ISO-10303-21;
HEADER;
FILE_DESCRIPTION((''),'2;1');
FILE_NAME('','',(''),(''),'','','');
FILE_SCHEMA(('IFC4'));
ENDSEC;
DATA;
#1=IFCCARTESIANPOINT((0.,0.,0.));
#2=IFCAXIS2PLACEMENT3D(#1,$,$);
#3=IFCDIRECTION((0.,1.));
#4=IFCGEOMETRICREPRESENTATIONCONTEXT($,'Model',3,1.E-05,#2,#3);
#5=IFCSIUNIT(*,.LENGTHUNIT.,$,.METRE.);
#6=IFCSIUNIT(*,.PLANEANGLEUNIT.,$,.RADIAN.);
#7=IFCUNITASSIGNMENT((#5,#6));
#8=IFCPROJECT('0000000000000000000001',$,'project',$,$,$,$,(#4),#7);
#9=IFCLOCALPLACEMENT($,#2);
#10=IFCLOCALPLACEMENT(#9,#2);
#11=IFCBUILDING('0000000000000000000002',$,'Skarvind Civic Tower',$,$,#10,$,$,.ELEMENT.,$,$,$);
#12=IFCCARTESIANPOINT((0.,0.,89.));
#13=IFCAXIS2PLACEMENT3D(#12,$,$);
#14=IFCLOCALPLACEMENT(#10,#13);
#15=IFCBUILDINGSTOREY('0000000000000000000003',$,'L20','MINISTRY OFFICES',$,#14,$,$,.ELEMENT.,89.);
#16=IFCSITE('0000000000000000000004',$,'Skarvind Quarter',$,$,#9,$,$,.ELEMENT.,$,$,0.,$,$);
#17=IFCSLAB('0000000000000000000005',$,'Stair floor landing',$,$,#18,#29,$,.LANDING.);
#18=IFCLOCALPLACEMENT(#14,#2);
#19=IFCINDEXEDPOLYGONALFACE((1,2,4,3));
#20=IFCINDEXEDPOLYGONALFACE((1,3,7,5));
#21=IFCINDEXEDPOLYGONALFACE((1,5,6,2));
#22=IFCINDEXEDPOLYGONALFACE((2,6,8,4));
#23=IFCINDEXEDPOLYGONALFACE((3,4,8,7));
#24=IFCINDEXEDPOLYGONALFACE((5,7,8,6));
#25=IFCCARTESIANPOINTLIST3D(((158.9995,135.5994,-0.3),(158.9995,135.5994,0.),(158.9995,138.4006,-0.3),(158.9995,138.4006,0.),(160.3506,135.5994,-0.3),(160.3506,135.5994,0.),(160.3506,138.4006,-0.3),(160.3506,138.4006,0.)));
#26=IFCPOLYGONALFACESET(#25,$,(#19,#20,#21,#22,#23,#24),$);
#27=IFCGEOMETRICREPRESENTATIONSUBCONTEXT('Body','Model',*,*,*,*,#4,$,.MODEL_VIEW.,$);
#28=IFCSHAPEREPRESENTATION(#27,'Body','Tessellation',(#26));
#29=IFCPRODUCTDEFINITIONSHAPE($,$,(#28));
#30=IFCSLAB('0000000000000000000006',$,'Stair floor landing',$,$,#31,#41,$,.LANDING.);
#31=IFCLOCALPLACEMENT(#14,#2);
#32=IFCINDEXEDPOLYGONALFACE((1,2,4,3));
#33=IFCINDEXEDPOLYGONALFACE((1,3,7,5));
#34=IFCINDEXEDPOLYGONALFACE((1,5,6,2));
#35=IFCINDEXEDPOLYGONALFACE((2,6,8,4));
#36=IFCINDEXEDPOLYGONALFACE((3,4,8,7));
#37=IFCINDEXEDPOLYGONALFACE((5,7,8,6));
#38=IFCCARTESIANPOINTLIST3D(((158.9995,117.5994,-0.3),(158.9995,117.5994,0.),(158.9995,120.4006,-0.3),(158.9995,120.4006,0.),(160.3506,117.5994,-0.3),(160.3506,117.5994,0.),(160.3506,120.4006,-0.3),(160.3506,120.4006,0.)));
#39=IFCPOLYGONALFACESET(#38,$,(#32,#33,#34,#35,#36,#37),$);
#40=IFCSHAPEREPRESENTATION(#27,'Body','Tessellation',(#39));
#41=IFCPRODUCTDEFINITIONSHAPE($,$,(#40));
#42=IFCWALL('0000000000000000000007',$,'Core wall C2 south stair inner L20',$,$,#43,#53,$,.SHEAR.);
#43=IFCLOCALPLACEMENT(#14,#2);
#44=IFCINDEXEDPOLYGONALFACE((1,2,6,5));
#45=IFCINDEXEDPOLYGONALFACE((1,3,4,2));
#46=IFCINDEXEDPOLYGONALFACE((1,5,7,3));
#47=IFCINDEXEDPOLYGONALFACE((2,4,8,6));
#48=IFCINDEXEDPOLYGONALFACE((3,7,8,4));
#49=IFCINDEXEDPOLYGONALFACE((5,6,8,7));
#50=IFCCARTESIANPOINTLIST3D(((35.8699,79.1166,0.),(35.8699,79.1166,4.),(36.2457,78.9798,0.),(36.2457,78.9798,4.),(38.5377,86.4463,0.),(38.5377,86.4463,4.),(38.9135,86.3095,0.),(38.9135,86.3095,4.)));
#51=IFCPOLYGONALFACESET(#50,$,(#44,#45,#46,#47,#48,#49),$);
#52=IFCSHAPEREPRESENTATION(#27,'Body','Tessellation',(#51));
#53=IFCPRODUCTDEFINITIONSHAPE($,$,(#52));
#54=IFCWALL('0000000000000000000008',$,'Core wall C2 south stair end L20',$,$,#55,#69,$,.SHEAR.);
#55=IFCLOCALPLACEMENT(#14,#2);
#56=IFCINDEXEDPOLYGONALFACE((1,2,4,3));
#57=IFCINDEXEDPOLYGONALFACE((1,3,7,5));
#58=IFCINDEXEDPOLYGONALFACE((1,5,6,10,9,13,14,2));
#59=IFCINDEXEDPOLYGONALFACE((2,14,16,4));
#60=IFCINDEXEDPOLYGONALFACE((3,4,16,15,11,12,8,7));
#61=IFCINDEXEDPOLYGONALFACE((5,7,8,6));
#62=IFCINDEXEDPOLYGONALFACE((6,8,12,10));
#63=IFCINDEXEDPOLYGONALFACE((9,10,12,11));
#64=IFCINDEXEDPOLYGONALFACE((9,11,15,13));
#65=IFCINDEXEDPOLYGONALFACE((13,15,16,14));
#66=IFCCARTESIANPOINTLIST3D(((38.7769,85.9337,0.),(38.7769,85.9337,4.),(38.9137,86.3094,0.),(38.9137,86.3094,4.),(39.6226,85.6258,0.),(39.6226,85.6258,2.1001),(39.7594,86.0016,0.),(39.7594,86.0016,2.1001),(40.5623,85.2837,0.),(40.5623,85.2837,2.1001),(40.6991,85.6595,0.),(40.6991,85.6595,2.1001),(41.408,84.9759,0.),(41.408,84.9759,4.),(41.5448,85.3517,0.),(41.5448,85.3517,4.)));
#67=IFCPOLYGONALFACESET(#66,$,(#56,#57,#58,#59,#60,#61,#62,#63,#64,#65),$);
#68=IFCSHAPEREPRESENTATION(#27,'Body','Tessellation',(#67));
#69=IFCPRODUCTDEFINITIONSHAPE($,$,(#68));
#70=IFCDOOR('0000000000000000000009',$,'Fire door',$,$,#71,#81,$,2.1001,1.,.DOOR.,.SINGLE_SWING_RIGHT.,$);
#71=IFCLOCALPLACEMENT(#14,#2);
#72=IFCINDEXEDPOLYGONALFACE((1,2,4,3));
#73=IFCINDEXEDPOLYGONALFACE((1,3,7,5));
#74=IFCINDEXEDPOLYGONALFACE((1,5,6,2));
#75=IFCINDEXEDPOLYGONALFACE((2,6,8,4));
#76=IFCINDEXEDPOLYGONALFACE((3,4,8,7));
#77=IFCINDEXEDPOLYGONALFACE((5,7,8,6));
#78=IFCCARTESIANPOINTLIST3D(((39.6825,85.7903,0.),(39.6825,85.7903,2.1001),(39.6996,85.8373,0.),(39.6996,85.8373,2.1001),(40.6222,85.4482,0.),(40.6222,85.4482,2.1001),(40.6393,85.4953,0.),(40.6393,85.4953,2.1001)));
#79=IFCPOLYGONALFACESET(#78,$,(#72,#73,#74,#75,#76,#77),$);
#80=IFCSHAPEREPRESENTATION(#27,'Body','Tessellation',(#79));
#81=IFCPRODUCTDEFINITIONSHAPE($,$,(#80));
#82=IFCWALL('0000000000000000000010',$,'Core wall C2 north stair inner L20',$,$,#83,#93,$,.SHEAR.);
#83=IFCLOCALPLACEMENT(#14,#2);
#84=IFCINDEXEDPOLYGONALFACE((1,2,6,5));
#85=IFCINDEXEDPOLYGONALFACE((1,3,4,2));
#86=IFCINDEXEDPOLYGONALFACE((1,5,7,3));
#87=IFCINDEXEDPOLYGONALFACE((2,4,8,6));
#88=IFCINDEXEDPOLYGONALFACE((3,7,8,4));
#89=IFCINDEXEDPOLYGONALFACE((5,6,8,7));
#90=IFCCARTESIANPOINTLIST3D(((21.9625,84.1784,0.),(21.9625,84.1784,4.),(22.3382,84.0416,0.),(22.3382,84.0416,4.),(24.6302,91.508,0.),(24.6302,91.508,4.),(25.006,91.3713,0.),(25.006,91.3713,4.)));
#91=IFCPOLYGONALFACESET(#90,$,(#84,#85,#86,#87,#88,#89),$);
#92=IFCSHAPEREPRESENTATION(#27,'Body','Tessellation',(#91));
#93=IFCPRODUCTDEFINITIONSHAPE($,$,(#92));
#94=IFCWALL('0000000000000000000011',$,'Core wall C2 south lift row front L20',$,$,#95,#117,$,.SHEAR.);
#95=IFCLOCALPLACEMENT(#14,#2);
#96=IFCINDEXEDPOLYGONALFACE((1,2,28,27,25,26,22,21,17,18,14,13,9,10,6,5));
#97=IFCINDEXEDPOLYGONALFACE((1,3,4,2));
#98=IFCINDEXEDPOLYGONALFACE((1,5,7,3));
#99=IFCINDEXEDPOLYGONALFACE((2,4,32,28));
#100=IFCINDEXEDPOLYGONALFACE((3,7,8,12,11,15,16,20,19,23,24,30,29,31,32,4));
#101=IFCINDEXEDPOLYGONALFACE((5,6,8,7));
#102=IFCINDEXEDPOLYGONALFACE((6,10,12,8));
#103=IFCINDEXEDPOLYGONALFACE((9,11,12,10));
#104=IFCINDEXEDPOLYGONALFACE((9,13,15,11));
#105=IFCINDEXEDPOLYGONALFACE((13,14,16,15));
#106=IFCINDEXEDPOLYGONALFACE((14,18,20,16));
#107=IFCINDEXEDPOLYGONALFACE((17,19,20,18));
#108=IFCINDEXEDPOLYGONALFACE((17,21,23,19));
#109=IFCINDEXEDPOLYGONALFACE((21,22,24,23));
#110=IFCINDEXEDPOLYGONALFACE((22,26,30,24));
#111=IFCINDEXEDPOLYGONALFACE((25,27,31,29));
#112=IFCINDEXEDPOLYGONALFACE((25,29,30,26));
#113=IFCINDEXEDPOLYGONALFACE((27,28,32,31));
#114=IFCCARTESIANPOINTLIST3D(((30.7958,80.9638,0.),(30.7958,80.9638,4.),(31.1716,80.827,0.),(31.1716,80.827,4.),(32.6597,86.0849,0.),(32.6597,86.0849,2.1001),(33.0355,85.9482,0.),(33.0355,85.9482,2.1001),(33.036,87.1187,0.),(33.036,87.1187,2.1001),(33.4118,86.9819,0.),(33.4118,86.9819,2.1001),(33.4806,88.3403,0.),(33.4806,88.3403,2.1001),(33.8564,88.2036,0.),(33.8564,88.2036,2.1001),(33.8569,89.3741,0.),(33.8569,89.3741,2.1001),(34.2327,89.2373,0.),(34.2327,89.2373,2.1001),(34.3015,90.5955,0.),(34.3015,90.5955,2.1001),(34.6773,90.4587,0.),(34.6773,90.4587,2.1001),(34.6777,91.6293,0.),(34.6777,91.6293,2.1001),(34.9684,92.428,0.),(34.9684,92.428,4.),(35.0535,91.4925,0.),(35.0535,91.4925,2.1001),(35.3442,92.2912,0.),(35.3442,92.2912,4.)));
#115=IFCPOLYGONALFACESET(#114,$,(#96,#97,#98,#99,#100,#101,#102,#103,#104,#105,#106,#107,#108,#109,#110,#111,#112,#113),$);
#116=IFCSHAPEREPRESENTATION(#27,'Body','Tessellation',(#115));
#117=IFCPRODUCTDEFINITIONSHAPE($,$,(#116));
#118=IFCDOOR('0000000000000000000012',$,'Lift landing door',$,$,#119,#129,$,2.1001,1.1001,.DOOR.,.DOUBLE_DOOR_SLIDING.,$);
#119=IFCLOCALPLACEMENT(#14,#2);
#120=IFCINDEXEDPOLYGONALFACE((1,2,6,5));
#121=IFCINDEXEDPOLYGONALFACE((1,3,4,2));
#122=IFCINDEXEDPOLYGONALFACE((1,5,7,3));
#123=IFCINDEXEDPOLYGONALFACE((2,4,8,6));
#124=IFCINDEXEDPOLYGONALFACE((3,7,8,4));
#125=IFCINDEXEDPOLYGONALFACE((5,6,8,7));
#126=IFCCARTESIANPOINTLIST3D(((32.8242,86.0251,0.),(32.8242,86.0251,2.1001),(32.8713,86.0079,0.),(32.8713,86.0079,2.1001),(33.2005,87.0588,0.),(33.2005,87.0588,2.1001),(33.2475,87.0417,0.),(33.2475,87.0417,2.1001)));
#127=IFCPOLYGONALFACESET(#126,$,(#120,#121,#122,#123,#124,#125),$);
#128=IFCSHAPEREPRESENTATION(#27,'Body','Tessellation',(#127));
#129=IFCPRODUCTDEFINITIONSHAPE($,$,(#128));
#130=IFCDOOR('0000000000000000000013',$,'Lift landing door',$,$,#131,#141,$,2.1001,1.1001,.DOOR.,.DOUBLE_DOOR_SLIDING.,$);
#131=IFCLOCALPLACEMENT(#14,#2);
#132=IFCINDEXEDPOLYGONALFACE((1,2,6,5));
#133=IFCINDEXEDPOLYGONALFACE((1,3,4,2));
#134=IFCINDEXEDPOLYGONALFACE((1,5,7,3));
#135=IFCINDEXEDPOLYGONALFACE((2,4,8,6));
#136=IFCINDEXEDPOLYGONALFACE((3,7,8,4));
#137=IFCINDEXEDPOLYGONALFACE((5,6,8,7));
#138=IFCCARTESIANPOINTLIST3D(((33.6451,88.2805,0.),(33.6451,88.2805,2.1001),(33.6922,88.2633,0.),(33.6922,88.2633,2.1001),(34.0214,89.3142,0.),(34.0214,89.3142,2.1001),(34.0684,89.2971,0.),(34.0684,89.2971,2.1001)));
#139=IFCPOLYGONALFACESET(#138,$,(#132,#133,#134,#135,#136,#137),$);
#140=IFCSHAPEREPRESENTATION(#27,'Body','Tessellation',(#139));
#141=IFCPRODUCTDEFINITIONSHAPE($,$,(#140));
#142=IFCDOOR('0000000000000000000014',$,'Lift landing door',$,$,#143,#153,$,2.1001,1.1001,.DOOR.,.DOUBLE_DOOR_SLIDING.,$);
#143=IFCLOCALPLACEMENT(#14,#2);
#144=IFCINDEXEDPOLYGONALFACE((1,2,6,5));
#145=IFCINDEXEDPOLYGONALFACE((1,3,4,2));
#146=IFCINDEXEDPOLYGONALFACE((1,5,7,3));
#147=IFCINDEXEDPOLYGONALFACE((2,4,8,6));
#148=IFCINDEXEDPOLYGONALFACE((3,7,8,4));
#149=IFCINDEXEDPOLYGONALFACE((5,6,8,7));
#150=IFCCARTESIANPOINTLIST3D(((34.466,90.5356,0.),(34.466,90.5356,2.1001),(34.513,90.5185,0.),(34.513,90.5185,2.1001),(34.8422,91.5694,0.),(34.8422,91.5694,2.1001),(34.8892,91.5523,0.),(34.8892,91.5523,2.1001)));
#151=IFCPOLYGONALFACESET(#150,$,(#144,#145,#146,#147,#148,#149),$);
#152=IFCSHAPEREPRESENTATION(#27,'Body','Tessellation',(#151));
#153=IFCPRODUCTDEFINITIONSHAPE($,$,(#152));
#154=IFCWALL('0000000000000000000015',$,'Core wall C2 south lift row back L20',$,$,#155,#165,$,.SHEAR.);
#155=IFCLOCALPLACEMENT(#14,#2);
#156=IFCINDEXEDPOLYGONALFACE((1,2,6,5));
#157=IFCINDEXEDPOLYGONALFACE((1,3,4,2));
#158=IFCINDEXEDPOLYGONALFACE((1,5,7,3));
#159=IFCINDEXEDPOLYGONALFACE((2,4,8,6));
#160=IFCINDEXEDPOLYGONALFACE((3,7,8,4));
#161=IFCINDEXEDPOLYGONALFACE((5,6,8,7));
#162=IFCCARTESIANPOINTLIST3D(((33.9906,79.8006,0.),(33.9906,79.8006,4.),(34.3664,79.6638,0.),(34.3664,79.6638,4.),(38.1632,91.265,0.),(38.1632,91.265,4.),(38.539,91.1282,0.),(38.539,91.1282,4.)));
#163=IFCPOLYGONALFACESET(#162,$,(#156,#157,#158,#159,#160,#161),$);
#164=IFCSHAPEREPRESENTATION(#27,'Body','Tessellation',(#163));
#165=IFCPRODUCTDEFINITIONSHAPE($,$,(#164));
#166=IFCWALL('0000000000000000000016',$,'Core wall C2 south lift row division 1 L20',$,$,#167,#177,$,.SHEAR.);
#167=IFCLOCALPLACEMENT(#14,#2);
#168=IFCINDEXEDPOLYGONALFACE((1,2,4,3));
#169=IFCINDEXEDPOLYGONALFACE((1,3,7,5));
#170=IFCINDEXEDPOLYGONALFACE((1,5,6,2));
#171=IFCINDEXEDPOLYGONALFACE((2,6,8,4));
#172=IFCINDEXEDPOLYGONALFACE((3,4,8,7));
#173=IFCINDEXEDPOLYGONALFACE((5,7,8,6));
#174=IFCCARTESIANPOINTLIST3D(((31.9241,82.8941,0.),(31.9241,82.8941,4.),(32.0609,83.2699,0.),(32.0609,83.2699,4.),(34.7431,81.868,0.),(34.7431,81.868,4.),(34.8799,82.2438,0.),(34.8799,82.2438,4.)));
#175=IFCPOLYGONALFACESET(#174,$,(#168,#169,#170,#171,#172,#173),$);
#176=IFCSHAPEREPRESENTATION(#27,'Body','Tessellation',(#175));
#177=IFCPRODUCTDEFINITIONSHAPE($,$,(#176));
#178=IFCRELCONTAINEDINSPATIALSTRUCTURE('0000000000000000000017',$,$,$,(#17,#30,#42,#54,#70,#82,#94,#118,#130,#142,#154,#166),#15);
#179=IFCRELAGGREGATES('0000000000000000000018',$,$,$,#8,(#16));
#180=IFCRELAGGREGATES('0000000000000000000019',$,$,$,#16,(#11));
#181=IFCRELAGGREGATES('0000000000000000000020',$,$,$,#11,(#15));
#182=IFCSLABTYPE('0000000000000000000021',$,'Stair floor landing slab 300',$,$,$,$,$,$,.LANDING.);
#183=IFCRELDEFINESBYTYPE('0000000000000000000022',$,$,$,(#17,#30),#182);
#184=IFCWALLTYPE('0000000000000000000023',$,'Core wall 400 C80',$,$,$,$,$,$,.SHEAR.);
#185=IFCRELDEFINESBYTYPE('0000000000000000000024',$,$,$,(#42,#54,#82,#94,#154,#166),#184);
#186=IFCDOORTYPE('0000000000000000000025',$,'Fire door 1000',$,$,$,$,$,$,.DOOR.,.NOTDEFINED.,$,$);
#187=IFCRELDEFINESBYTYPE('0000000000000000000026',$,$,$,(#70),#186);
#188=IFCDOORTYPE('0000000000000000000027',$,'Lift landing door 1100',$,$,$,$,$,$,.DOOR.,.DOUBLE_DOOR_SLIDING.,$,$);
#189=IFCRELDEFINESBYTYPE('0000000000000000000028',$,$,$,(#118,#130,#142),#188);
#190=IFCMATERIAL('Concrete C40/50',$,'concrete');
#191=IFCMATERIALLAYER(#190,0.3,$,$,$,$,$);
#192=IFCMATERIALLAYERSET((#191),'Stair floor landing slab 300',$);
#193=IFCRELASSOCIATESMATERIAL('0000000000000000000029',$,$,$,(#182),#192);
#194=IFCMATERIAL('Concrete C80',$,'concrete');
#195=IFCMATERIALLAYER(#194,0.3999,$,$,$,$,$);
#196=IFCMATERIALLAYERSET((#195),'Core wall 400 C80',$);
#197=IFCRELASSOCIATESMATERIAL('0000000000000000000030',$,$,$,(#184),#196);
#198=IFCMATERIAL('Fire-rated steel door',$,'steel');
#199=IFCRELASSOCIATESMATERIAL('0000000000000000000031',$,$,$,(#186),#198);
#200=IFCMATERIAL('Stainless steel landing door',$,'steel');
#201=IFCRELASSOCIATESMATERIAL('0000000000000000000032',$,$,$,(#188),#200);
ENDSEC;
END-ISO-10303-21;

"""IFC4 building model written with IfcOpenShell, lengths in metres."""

from ifc_helpers import new_model, si_unit, direction, frame, frame_2d, origin, place, context, subcontext, project, spatial, polyline, rectangle, outline, extrude, material, layer, layer_set, type_object, element, fill, save


model = new_model("IFC4")

# Units and contexts
model_context = context("Model", 3, precision=1e-05, world=origin(), true_north=direction((0.0, 1.0)))
body_context = subcontext(model_context, "Body", "Model", "MODEL_VIEW")
ifc_project = project(units=[si_unit("LENGTHUNIT", "METRE"), si_unit("PLANEANGLEUNIT", "RADIAN")], contexts=[model_context])

# Site, building, storey
site_placement = place(None, origin())
site = spatial("IfcSite", under=ifc_project, at=site_placement, Name="Skarvind Quarter", CompositionType="ELEMENT", RefElevation=0.0)
building_placement = place(site_placement, origin())
building = spatial("IfcBuilding", under=site, at=building_placement, Name="Skarvind Civic Tower", CompositionType="ELEMENT")
storey_placement = place(building_placement, frame((0.0, 0.0, 89.0)))
storey = spatial("IfcBuildingStorey", under=building, at=storey_placement, Name="L20", Description="MINISTRY OFFICES", CompositionType="ELEMENT", Elevation=89.0)

# Slabs
ifc_material_1 = material(Name="Concrete C40/50", Category="concrete")
ifc_layer_1 = layer(ifc_material_1, 0.3)
ifc_layer_set_1 = layer_set([ifc_layer_1], Name="Stair floor landing slab 300")
slab_type = type_object("IfcSlabType", Name="Stair floor landing slab 300", PredefinedType="LANDING", material=ifc_layer_set_1)
slab_1_placement = place(storey_placement, frame((0.0, 0.0, -0.3)))
element("IfcSlab", 1, at=slab_1_placement, inside=storey, type_object=slab_type, Name="Stair floor landing", PredefinedType="LANDING", context=body_context, shape_type="SweptSolid", body=[
    extrude(outline(polyline([(160.3506, 138.4006), (160.3506, 135.5994), (158.9995, 135.5994), (158.9995, 138.4006), (160.3506, 138.4006)])), origin(), (0.0, 0.0, 1.0), 0.3),
])
slab_2_placement = place(storey_placement, frame((0.0, 0.0, -0.3)))
element("IfcSlab", 2, at=slab_2_placement, inside=storey, type_object=slab_type, Name="Stair floor landing", PredefinedType="LANDING", context=body_context, shape_type="SweptSolid", body=[
    extrude(outline(polyline([(160.3506, 120.4006), (160.3506, 117.5994), (158.9995, 117.5994), (158.9995, 120.4006), (160.3506, 120.4006)])), origin(), (0.0, 0.0, 1.0), 0.3),
])

# Wall
ifc_material_2 = material(Name="Concrete C80", Category="concrete")
ifc_layer_2 = layer(ifc_material_2, 0.3999)
ifc_layer_set_2 = layer_set([ifc_layer_2], Name="Core wall 400 C80")
wall_type_1 = type_object("IfcWallType", Name="Core wall 400 C80", PredefinedType="SHEAR", material=ifc_layer_set_2)
wall_1_placement = place(storey_placement, frame((36.0579, 79.0483, 0.0), z_axis=(0.0, 0.0, 1.0), x_axis=(0.342017, 0.939694, 0.0)))
element("IfcWall", 3, at=wall_1_placement, inside=storey, type_object=wall_type_1, Name="Core wall C2 south stair inner L20", PredefinedType="SHEAR", context=body_context, shape_type="SweptSolid", body=[
    extrude(rectangle(XDim=7.8, YDim=0.3999, at=frame_2d((3.8999, 0.0))), origin(), (0.0, 0.0, 1.0), 4.0),
])

# Wall, opening, door
wall_2_placement = place(storey_placement, frame((41.4763, 85.1638, 0.0), z_axis=(0.0, 0.0, 1.0), x_axis=(-0.939679, 0.342058, 0.0)))
wall_2 = element("IfcWall", 4, at=wall_2_placement, inside=storey, type_object=wall_type_1, Name="Core wall C2 south stair end L20", PredefinedType="SHEAR", context=body_context, shape_type="SweptSolid", body=[
    extrude(rectangle(XDim=2.8, YDim=0.3999, at=frame_2d((1.3999, 0.0))), origin(), (0.0, 0.0, 1.0), 4.0),
])
opening_1_placement = place(wall_2_placement, frame((0.8999, 0.0, 0.0)))
opening_1 = element("IfcOpeningElement", 5, at=opening_1_placement, cuts=wall_2, PredefinedType="OPENING", context=body_context, shape_type="SweptSolid", body=[
    extrude(rectangle(XDim=1.0, YDim=2.1001, at=frame_2d((0.5, 1.05))), frame((0.0, 0.21, 0.0), z_axis=(0.0, -1.0, 0.0), x_axis=(1.0, 0.0, 0.0)), (0.0, 0.0, 1.0), 0.4199),
])
ifc_material_3 = material(Name="Fire-rated steel door", Category="steel")
door_type_1 = type_object("IfcDoorType", Name="Fire door 1000", OperationType="NOTDEFINED", PredefinedType="DOOR", material=ifc_material_3)
door_1_placement = place(opening_1_placement, origin())
door_1 = element("IfcDoor", 6, at=door_1_placement, inside=storey, type_object=door_type_1, Name="Fire door", OperationType="SINGLE_SWING_RIGHT", OverallHeight=2.1001, OverallWidth=1.0, PredefinedType="DOOR", context=body_context, shape_type="SweptSolid", body=[
    extrude(rectangle(XDim=1.0, YDim=2.1001, at=frame_2d((0.5, 1.05))), frame((0.0, 0.0249, 0.0), z_axis=(0.0, -1.0, 0.0), x_axis=(1.0, 0.0, 0.0)), (0.0, 0.0, 1.0), 0.05),
])
fill(opening_1, door_1)

# Wall
wall_3_placement = place(storey_placement, frame((22.1504, 84.1101, 0.0), z_axis=(0.0, 0.0, 1.0), x_axis=(0.342017, 0.939694, 0.0)))
element("IfcWall", 7, at=wall_3_placement, inside=storey, type_object=wall_type_1, Name="Core wall C2 north stair inner L20", PredefinedType="SHEAR", context=body_context, shape_type="SweptSolid", body=[
    extrude(rectangle(XDim=7.8, YDim=0.3999, at=frame_2d((3.8999, 0.0))), origin(), (0.0, 0.0, 1.0), 4.0),
])

# Wall, openings, doors
wall_4_placement = place(storey_placement, frame((30.9836, 80.8953, 0.0), z_axis=(0.0, 0.0, 1.0), x_axis=(0.342021, 0.939692, 0.0)))
wall_4 = element("IfcWall", 8, at=wall_4_placement, inside=storey, type_object=wall_type_1, Name="Core wall C2 south lift row front L20", PredefinedType="SHEAR", context=body_context, shape_type="SweptSolid", body=[
    extrude(rectangle(XDim=12.2, YDim=0.3999, at=frame_2d((6.1001, 0.0))), origin(), (0.0, 0.0, 1.0), 4.0),
])
opening_2_placement = place(wall_4_placement, frame((5.45, 0.0, 0.0)))
opening_2 = element("IfcOpeningElement", 9, at=opening_2_placement, cuts=wall_4, PredefinedType="OPENING", context=body_context, shape_type="SweptSolid", body=[
    extrude(rectangle(XDim=1.1001, YDim=2.1001, at=frame_2d((0.55, 1.05))), frame((0.0, 0.21, 0.0), z_axis=(0.0, -1.0, 0.0), x_axis=(1.0, 0.0, 0.0)), (0.0, 0.0, 1.0), 0.4199),
])
opening_3_placement = place(wall_4_placement, frame((7.8501, 0.0, 0.0)))
opening_3 = element("IfcOpeningElement", 10, at=opening_3_placement, cuts=wall_4, PredefinedType="OPENING", context=body_context, shape_type="SweptSolid", body=[
    extrude(rectangle(XDim=1.1001, YDim=2.1001, at=frame_2d((0.55, 1.05))), frame((0.0, 0.21, 0.0), z_axis=(0.0, -1.0, 0.0), x_axis=(1.0, 0.0, 0.0)), (0.0, 0.0, 1.0), 0.4199),
])
opening_4_placement = place(wall_4_placement, frame((10.25, 0.0, 0.0)))
opening_4 = element("IfcOpeningElement", 11, at=opening_4_placement, cuts=wall_4, PredefinedType="OPENING", context=body_context, shape_type="SweptSolid", body=[
    extrude(rectangle(XDim=1.1001, YDim=2.1001, at=frame_2d((0.55, 1.05))), frame((0.0, 0.21, 0.0), z_axis=(0.0, -1.0, 0.0), x_axis=(1.0, 0.0, 0.0)), (0.0, 0.0, 1.0), 0.4199),
])
ifc_material_4 = material(Name="Stainless steel landing door", Category="steel")
door_type_2 = type_object("IfcDoorType", Name="Lift landing door 1100", OperationType="DOUBLE_DOOR_SLIDING", PredefinedType="DOOR", material=ifc_material_4)
door_2_placement = place(opening_2_placement, origin())
door_2 = element("IfcDoor", 12, at=door_2_placement, inside=storey, type_object=door_type_2, Name="Lift landing door", OperationType="DOUBLE_DOOR_SLIDING", OverallHeight=2.1001, OverallWidth=1.1001, PredefinedType="DOOR", context=body_context, shape_type="SweptSolid", body=[
    extrude(rectangle(XDim=1.1001, YDim=2.1001, at=frame_2d((0.55, 1.05))), frame((0.0, 0.0249, 0.0), z_axis=(0.0, -1.0, 0.0), x_axis=(1.0, 0.0, 0.0)), (0.0, 0.0, 1.0), 0.05),
])
fill(opening_2, door_2)
door_3_placement = place(opening_3_placement, origin())
door_3 = element("IfcDoor", 13, at=door_3_placement, inside=storey, type_object=door_type_2, Name="Lift landing door", OperationType="DOUBLE_DOOR_SLIDING", OverallHeight=2.1001, OverallWidth=1.1001, PredefinedType="DOOR", context=body_context, shape_type="SweptSolid", body=[
    extrude(rectangle(XDim=1.1001, YDim=2.1001, at=frame_2d((0.55, 1.05))), frame((0.0, 0.0249, 0.0), z_axis=(0.0, -1.0, 0.0), x_axis=(1.0, 0.0, 0.0)), (0.0, 0.0, 1.0), 0.05),
])
fill(opening_3, door_3)
door_4_placement = place(opening_4_placement, origin())
door_4 = element("IfcDoor", 14, at=door_4_placement, inside=storey, type_object=door_type_2, Name="Lift landing door", OperationType="DOUBLE_DOOR_SLIDING", OverallHeight=2.1001, OverallWidth=1.1001, PredefinedType="DOOR", context=body_context, shape_type="SweptSolid", body=[
    extrude(rectangle(XDim=1.1001, YDim=2.1001, at=frame_2d((0.55, 1.05))), frame((0.0, 0.0249, 0.0), z_axis=(0.0, -1.0, 0.0), x_axis=(1.0, 0.0, 0.0)), (0.0, 0.0, 1.0), 0.05),
])
fill(opening_4, door_4)

# Walls
wall_5_placement = place(storey_placement, frame((34.1785, 79.7322, 0.0), z_axis=(0.0, 0.0, 1.0), x_axis=(0.342015, 0.939695, 0.0)))
element("IfcWall", 15, at=wall_5_placement, inside=storey, type_object=wall_type_1, Name="Core wall C2 south lift row back L20", PredefinedType="SHEAR", context=body_context, shape_type="SweptSolid", body=[
    extrude(rectangle(XDim=12.2002, YDim=0.3999, at=frame_2d((6.1001, 0.0))), origin(), (0.0, 0.0, 1.0), 4.0),
])
for number, where, z_axis, x_axis, name in (
    (16, (34.8115, 82.0559, 0.0), (0.0, 0.0, 1.0), (-0.939686, 0.342037, 0.0), "Core wall C2 south lift row division 1 L20"),
):
    element("IfcWall", number, at=place(storey_placement, frame(where, z_axis=z_axis, x_axis=x_axis)), inside=storey, type_object=wall_type_1, Name=name, PredefinedType="SHEAR", context=body_context, shape_type="SweptSolid", body=[
        extrude(rectangle(XDim=3.0, YDim=0.3999, at=frame_2d((1.5, 0.0))), origin(), (0.0, 0.0, 1.0), 4.0),
    ])

save(model, "model.ifc")
